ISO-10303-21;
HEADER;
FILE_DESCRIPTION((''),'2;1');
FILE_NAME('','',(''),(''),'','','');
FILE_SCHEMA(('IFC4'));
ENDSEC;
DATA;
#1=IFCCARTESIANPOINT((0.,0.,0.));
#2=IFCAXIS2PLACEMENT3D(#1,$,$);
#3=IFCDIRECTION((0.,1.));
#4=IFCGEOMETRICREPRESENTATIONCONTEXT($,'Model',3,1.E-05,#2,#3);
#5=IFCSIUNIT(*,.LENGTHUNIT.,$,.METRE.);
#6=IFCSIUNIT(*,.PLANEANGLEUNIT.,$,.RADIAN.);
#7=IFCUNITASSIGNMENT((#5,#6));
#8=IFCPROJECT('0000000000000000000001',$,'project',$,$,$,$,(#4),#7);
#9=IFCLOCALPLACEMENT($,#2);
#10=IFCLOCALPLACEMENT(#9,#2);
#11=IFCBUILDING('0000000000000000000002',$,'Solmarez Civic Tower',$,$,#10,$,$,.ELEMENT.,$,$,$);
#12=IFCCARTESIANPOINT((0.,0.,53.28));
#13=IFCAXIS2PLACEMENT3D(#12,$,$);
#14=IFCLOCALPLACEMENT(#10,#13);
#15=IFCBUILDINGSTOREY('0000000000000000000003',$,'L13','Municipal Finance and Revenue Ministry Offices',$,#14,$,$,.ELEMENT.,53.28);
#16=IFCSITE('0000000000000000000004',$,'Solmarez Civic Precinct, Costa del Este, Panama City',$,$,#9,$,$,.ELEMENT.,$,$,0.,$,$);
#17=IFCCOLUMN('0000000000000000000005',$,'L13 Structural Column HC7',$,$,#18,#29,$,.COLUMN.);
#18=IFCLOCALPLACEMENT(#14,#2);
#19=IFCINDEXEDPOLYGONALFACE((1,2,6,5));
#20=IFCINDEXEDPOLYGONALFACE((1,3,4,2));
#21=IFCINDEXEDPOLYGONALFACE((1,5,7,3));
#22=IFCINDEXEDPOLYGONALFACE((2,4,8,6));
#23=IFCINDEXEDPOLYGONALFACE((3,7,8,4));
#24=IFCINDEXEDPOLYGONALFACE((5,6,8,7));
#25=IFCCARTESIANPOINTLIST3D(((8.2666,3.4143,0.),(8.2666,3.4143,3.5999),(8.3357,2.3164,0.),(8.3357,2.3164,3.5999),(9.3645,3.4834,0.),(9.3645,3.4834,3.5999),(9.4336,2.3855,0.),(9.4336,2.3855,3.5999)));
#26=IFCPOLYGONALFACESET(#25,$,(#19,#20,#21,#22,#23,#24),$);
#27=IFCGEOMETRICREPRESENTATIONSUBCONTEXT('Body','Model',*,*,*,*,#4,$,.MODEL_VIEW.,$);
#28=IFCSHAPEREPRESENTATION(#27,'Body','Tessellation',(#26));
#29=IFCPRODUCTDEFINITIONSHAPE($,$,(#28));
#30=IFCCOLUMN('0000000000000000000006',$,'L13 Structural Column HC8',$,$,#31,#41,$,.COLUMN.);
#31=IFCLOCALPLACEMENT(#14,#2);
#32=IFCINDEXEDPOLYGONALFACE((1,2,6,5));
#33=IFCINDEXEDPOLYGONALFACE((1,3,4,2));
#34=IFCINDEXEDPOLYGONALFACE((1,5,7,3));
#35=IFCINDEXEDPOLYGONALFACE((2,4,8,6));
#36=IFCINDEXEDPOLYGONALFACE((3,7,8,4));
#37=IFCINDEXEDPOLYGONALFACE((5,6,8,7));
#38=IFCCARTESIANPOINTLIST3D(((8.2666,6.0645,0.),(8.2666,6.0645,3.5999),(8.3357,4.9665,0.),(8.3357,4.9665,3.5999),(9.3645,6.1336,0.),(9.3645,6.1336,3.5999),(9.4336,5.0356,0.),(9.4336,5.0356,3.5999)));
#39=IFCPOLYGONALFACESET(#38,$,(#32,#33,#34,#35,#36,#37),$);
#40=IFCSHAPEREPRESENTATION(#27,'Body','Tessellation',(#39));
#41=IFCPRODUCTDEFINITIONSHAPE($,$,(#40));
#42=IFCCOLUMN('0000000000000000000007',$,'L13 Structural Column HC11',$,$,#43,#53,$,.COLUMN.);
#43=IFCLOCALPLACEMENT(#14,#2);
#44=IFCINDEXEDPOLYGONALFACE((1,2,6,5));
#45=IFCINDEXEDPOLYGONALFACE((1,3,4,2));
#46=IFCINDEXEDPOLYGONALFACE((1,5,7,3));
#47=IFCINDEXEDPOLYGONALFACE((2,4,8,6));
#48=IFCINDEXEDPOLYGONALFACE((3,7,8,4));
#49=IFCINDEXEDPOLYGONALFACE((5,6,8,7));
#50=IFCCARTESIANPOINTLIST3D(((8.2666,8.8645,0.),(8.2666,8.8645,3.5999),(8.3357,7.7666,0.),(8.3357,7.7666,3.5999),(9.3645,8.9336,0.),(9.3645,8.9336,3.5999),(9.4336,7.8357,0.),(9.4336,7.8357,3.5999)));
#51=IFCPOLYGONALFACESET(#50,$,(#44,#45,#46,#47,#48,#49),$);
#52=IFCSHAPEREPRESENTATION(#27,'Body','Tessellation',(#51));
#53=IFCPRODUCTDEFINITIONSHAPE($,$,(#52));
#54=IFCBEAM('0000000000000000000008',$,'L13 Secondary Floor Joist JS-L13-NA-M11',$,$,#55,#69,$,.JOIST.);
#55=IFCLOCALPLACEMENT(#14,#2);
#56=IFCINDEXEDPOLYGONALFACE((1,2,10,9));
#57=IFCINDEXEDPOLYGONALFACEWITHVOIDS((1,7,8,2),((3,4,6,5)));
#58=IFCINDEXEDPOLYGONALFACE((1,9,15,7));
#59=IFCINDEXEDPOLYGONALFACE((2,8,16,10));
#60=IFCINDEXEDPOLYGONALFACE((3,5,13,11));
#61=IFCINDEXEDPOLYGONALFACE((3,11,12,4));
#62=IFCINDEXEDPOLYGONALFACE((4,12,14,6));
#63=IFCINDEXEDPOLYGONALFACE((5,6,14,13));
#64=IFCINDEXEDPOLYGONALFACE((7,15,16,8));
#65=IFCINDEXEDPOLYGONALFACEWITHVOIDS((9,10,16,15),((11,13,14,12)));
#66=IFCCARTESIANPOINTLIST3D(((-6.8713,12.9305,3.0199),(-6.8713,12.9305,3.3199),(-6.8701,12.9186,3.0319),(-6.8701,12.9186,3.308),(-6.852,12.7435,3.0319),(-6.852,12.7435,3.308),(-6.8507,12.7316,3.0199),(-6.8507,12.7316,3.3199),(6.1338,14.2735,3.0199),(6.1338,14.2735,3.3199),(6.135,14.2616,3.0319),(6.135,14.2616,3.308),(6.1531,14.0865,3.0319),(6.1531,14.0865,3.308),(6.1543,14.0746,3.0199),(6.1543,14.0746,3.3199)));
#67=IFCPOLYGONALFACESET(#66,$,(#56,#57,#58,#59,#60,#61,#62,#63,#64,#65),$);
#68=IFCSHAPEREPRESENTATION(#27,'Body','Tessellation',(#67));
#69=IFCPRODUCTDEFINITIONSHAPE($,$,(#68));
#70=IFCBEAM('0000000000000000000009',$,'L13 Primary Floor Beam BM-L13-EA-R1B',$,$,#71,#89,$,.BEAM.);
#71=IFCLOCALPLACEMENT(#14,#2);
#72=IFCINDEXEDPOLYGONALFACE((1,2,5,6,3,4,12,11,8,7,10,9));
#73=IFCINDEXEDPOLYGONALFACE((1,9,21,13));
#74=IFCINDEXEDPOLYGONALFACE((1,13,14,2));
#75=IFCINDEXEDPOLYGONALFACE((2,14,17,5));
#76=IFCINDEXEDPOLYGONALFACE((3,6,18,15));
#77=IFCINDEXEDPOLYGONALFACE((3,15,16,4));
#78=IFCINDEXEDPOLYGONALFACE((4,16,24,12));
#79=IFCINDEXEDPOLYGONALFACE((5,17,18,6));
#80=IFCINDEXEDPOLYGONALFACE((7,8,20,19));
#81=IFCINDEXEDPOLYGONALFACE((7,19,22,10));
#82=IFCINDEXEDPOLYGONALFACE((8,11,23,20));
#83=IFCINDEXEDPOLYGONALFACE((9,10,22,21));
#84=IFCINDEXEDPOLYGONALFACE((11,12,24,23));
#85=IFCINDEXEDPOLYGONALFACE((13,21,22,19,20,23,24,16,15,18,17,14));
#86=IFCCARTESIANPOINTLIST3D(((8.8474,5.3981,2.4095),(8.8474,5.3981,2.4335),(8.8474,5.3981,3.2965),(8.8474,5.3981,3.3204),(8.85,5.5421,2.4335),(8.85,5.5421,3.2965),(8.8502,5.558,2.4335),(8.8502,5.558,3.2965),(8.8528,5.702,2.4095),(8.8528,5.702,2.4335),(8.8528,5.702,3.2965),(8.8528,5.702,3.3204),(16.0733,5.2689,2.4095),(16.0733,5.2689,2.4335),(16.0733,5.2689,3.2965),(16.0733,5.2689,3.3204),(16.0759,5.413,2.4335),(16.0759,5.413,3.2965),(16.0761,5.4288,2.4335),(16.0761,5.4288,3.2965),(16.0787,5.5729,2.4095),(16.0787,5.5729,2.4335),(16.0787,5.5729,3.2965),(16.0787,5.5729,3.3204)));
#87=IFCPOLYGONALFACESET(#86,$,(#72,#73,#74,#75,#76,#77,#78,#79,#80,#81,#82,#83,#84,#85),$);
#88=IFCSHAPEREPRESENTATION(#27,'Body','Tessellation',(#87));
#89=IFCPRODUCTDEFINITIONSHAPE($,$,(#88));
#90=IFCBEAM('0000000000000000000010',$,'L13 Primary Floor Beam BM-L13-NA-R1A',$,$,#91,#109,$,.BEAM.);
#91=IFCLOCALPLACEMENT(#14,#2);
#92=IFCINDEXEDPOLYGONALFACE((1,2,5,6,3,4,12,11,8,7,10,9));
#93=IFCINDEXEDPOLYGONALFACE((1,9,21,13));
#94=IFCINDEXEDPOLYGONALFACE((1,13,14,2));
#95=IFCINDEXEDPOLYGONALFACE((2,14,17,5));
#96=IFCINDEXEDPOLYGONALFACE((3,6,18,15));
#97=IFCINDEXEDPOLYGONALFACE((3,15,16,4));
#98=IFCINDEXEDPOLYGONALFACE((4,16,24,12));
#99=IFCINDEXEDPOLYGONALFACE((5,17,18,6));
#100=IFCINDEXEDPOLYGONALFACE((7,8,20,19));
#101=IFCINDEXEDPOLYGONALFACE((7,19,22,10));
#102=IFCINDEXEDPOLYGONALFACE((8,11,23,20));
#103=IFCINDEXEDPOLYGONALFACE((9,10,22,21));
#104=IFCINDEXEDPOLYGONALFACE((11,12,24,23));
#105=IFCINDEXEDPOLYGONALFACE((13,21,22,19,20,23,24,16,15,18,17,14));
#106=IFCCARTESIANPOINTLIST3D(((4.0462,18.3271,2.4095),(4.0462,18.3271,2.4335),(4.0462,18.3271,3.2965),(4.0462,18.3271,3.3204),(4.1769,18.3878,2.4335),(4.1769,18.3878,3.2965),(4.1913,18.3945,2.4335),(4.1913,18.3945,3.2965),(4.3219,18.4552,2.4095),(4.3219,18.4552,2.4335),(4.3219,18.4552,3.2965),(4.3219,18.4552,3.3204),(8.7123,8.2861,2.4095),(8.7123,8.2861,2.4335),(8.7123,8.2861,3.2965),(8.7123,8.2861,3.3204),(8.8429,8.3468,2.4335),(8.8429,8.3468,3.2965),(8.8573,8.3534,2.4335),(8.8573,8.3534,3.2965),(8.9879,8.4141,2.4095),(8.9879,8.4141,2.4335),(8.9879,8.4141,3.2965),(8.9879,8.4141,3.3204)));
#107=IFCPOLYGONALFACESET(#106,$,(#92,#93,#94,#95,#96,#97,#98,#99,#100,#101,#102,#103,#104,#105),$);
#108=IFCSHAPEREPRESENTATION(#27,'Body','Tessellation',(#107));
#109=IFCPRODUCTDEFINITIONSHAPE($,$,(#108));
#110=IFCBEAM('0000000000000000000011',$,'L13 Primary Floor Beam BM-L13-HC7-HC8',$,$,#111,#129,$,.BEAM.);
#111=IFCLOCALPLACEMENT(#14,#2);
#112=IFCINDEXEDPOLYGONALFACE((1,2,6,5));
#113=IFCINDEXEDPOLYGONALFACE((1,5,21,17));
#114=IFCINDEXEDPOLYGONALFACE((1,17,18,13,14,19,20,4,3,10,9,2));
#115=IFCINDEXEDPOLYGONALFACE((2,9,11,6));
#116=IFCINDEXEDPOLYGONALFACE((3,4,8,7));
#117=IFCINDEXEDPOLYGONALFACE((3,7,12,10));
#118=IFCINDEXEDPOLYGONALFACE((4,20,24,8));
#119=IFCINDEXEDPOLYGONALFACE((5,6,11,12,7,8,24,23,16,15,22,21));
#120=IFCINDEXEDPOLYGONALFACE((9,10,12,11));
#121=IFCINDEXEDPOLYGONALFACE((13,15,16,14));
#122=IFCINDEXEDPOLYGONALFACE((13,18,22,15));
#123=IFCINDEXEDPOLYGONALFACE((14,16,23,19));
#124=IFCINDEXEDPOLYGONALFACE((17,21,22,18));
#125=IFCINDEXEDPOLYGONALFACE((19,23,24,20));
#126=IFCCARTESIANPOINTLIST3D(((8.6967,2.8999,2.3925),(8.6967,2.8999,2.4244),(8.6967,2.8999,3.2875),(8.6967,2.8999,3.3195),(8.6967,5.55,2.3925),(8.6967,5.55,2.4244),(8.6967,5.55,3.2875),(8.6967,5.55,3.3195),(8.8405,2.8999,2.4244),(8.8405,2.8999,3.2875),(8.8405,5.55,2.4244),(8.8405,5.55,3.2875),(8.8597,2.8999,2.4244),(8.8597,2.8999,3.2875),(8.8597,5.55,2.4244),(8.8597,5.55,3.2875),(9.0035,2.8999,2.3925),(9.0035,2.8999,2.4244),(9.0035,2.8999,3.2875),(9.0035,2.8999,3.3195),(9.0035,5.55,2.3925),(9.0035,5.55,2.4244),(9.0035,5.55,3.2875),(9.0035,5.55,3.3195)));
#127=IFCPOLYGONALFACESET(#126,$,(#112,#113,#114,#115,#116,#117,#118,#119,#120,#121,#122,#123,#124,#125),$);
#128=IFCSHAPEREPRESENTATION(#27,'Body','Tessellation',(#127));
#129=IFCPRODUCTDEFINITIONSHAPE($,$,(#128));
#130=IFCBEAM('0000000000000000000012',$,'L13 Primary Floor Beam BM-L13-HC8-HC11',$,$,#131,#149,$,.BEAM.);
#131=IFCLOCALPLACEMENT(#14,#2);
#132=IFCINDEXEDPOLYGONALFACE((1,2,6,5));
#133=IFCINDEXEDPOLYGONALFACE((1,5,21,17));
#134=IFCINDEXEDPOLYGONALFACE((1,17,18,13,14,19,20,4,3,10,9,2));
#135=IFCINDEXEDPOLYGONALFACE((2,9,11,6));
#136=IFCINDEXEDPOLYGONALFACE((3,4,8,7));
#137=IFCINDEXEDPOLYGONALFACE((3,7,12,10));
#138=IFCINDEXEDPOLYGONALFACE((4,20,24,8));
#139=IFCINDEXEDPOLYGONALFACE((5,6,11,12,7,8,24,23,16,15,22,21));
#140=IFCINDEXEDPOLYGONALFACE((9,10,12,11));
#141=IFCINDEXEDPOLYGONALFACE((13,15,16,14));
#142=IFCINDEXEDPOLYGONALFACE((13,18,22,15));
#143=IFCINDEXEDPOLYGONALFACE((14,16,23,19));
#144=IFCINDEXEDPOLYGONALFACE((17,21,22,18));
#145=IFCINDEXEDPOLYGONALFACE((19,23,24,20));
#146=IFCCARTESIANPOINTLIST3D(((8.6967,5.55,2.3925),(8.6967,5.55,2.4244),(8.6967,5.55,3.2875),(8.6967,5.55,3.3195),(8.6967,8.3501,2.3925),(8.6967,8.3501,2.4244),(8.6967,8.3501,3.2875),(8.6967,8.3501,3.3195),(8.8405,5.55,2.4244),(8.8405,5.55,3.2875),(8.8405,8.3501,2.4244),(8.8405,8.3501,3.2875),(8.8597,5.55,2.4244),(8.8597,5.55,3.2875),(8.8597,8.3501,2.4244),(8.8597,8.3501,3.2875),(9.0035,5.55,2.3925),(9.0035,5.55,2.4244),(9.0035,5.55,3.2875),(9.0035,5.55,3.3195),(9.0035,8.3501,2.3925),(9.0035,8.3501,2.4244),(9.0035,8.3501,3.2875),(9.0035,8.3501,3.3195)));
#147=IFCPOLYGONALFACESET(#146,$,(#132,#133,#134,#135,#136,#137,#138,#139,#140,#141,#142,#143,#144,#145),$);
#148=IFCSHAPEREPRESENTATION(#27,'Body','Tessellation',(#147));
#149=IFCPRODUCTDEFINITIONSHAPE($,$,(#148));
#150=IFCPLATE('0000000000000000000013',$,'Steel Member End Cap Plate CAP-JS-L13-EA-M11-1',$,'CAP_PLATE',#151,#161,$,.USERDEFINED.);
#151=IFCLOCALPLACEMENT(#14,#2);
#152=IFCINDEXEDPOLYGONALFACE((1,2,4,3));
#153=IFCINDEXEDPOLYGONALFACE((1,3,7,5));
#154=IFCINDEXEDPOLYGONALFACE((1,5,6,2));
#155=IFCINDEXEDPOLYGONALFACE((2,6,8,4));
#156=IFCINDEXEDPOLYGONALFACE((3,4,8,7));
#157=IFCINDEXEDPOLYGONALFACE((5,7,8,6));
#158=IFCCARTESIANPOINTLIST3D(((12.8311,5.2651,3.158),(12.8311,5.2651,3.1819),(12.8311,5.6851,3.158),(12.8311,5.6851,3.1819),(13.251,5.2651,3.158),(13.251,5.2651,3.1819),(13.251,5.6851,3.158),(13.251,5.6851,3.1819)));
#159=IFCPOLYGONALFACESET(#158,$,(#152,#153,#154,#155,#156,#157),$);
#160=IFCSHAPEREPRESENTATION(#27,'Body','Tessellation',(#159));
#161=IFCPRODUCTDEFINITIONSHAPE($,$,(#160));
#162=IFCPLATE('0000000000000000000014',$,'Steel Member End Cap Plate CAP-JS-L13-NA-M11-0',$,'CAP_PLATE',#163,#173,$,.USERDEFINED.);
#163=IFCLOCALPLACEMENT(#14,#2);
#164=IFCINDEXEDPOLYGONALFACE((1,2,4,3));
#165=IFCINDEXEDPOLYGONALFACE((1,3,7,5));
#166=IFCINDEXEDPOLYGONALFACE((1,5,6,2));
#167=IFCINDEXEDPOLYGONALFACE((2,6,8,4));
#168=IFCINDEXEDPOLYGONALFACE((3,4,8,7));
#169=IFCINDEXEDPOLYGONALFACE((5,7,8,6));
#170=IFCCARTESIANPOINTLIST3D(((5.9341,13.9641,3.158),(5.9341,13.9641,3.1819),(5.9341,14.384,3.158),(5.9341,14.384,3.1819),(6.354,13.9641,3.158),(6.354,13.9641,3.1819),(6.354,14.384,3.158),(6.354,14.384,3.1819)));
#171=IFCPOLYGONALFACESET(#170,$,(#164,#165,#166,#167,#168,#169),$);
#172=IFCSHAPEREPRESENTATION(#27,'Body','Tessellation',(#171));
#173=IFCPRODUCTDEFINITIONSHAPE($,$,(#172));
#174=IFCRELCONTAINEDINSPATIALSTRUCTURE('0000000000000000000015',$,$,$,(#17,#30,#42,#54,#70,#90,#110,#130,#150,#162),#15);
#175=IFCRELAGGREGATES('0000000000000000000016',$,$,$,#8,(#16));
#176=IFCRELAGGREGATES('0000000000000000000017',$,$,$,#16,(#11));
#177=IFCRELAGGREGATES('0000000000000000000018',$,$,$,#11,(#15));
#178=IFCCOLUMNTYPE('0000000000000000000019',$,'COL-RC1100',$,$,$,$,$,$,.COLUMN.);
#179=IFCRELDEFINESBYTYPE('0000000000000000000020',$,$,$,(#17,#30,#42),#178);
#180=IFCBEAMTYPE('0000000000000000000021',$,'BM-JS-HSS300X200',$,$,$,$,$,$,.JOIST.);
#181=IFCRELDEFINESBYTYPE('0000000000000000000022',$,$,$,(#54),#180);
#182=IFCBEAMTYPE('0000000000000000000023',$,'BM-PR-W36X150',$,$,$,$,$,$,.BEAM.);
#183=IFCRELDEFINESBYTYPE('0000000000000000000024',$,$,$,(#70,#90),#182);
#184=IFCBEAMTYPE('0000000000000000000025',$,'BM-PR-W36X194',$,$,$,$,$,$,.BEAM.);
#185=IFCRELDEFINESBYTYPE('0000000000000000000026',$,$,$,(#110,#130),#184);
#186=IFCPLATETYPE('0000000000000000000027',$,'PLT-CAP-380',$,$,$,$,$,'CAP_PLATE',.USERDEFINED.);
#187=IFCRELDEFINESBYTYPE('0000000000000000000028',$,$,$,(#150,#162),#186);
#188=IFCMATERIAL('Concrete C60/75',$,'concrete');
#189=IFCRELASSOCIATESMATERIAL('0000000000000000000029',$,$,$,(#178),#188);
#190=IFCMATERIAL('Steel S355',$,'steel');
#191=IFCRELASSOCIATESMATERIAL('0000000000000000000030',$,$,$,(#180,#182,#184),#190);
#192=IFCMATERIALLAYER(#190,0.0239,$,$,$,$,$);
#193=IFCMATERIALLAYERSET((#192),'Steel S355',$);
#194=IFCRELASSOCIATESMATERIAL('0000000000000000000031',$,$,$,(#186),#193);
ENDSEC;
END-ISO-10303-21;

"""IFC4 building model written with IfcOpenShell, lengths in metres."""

from ifc_helpers import new_model, si_unit, direction, frame, origin, origin_2d, place, context, subcontext, project, spatial, rectangle, hollow_rectangle, i_section, extrude, material, layer, layer_set, material_profile, profile_set, type_object, element, save


model = new_model("IFC4")

# Units and contexts
model_context = context("Model", 3, precision=1e-05, world=origin(), true_north=direction((0.0, 1.0)))
body_context = subcontext(model_context, "Body", "Model", "MODEL_VIEW")
ifc_project = project(units=[si_unit("LENGTHUNIT", "METRE"), si_unit("PLANEANGLEUNIT", "RADIAN")], contexts=[model_context])

# Site, building, storey
site_placement = place(None, origin())
site = spatial("IfcSite", under=ifc_project, at=site_placement, Name="Solmarez Civic Precinct, Costa del Este, Panama City", CompositionType="ELEMENT", RefElevation=0.0)
building_placement = place(site_placement, origin())
building = spatial("IfcBuilding", under=site, at=building_placement, Name="Solmarez Civic Tower", CompositionType="ELEMENT")
storey_placement = place(building_placement, frame((0.0, 0.0, 53.28)))
storey = spatial("IfcBuildingStorey", under=building, at=storey_placement, Name="L13", Description="Municipal Finance and Revenue Ministry Offices", CompositionType="ELEMENT", Elevation=53.28)

# Columns
ifc_material_1 = material(Name="Concrete C60/75", Category="concrete")
ifc_material_profile_1 = material_profile(ifc_material_1, rectangle(XDim=1.1001, YDim=1.1001, at=origin_2d()), Name="RC1100X1100")
ifc_profile_set_1 = profile_set([ifc_material_profile_1], Name="Concrete C60/75")
column_type = type_object("IfcColumnType", Name="COL-RC1100", PredefinedType="COLUMN", material=ifc_profile_set_1)
for number, where, z_axis, x_axis, name in (
    (1, (8.8501, 2.8999, 0.0), (0.0, 0.0, 1.0), (0.998027, 0.062791, 0.0), "L13 Structural Column HC7"),
    (2, (8.8501, 5.55, 0.0), (0.0, 0.0, 1.0), (0.998027, 0.062791, 0.0), "L13 Structural Column HC8"),
    (3, (8.8501, 8.3501, 0.0), (0.0, 0.0, 1.0), (0.998027, 0.062791, 0.0), "L13 Structural Column HC11"),
):
    element("IfcColumn", number, at=place(storey_placement, frame(where, z_axis=z_axis, x_axis=x_axis)), inside=storey, type_object=column_type, Name=name, PredefinedType="COLUMN", context=body_context, shape_type="SweptSolid", body=[
        extrude(rectangle(XDim=1.1001, YDim=1.1001, at=origin_2d()), origin(), (0.0, 0.0, 1.0), 3.5999),
    ])

# Beams
ifc_material_2 = material(Name="Steel S355", Category="steel")
ifc_material_profile_2 = material_profile(ifc_material_2, hollow_rectangle(XDim=0.2, YDim=0.3, WallThickness=0.012, at=origin_2d()), Name="HSS300X200X12")
ifc_profile_set_2 = profile_set([ifc_material_profile_2], Name="Steel S355")
beam_type_1 = type_object("IfcBeamType", Name="BM-JS-HSS300X200", PredefinedType="JOIST", material=ifc_profile_set_2)
beam_1_placement = place(storey_placement, frame((6.144, 14.1741, 3.1699), z_axis=(-0.99471, -0.102722, 0.0), x_axis=(0.102722, -0.99471, 0.0)))
element("IfcBeam", 4, at=beam_1_placement, inside=storey, type_object=beam_type_1, Name="L13 Secondary Floor Joist JS-L13-NA-M11", PredefinedType="JOIST", context=body_context, shape_type="SweptSolid", body=[
    extrude(hollow_rectangle(XDim=0.2, YDim=0.3, WallThickness=0.012, at=origin_2d()), origin(), (0.0, 0.0, 1.0), 13.0742),
])
ifc_material_profile_3 = material_profile(ifc_material_2, i_section(OverallWidth=0.304, OverallDepth=0.9109, WebThickness=0.0159, FlangeThickness=0.0239, at=origin_2d()), Name="W36X150")
ifc_profile_set_3 = profile_set([ifc_material_profile_3], Name="Steel S355")
beam_type_2 = type_object("IfcBeamType", Name="BM-PR-W36X150", PredefinedType="BEAM", material=ifc_profile_set_3)
beam_2_placement = place(storey_placement, frame((8.8501, 5.55, 2.865), z_axis=(0.99984, -0.017871, 0.0), x_axis=(0.017871, 0.99984, 0.0)))
element("IfcBeam", 5, at=beam_2_placement, inside=storey, type_object=beam_type_2, Name="L13 Primary Floor Beam BM-L13-EA-R1B", PredefinedType="BEAM", context=body_context, shape_type="SweptSolid", body=[
    extrude(i_section(OverallWidth=0.304, OverallDepth=0.9109, WebThickness=0.0159, FlangeThickness=0.0239, at=origin_2d()), origin(), (0.0, 0.0, 1.0), 7.2271),
])
beam_3_placement = place(storey_placement, frame((8.8501, 8.3501, 2.865), z_axis=(-0.421417, 0.906867, 0.0), x_axis=(-0.906867, -0.421417, 0.0)))
element("IfcBeam", 6, at=beam_3_placement, inside=storey, type_object=beam_type_2, Name="L13 Primary Floor Beam BM-L13-NA-R1A", PredefinedType="BEAM", context=body_context, shape_type="SweptSolid", body=[
    extrude(i_section(OverallWidth=0.304, OverallDepth=0.9109, WebThickness=0.0159, FlangeThickness=0.0239, at=origin_2d()), origin(), (0.0, 0.0, 1.0), 11.0723),
])
ifc_material_profile_4 = material_profile(ifc_material_2, i_section(OverallWidth=0.3069, OverallDepth=0.927, WebThickness=0.0193, FlangeThickness=0.032, at=origin_2d()), Name="W36X194")
ifc_profile_set_4 = profile_set([ifc_material_profile_4], Name="Steel S355")
beam_type_3 = type_object("IfcBeamType", Name="BM-PR-W36X194", PredefinedType="BEAM", material=ifc_profile_set_4)
beam_4_placement = place(storey_placement, frame((8.8501, 2.8999, 2.856), z_axis=(0.0, 1.0, 0.0), x_axis=(-1.0, 0.0, 0.0)))
element("IfcBeam", 7, at=beam_4_placement, inside=storey, type_object=beam_type_3, Name="L13 Primary Floor Beam BM-L13-HC7-HC8", PredefinedType="BEAM", context=body_context, shape_type="SweptSolid", body=[
    extrude(i_section(OverallWidth=0.3069, OverallDepth=0.927, WebThickness=0.0193, FlangeThickness=0.032, at=origin_2d()), origin(), (0.0, 0.0, 1.0), 2.6501),
])
beam_5_placement = place(storey_placement, frame((8.8501, 5.55, 2.856), z_axis=(0.0, 1.0, 0.0), x_axis=(-1.0, 0.0, 0.0)))
element("IfcBeam", 8, at=beam_5_placement, inside=storey, type_object=beam_type_3, Name="L13 Primary Floor Beam BM-L13-HC8-HC11", PredefinedType="BEAM", context=body_context, shape_type="SweptSolid", body=[
    extrude(i_section(OverallWidth=0.3069, OverallDepth=0.927, WebThickness=0.0193, FlangeThickness=0.032, at=origin_2d()), origin(), (0.0, 0.0, 1.0), 2.8),
])

# Plates
ifc_layer_1 = layer(ifc_material_2, 0.0239)
ifc_layer_set_1 = layer_set([ifc_layer_1], Name="Steel S355")
plate_type = type_object("IfcPlateType", Name="PLT-CAP-380", ElementType="CAP_PLATE", PredefinedType="USERDEFINED", material=ifc_layer_set_1)
for number, where, z_axis, x_axis, name in (
    (9, (13.041, 5.4751, 3.158), (0.0, 0.0, 1.0), (1.0, 0.0, 0.0), "Steel Member End Cap Plate CAP-JS-L13-EA-M11-1"),
    (10, (6.144, 14.1741, 3.158), (0.0, 0.0, 1.0), (1.0, 0.0, 0.0), "Steel Member End Cap Plate CAP-JS-L13-NA-M11-0"),
):
    element("IfcPlate", number, at=place(storey_placement, frame(where, z_axis=z_axis, x_axis=x_axis)), inside=storey, type_object=plate_type, Name=name, ObjectType="CAP_PLATE", PredefinedType="USERDEFINED", context=body_context, shape_type="SweptSolid", body=[
        extrude(rectangle(XDim=0.4199, YDim=0.4199, at=origin_2d()), origin(), (0.0, 0.0, 1.0), 0.0239),
    ])

save(model, "model.ifc")
